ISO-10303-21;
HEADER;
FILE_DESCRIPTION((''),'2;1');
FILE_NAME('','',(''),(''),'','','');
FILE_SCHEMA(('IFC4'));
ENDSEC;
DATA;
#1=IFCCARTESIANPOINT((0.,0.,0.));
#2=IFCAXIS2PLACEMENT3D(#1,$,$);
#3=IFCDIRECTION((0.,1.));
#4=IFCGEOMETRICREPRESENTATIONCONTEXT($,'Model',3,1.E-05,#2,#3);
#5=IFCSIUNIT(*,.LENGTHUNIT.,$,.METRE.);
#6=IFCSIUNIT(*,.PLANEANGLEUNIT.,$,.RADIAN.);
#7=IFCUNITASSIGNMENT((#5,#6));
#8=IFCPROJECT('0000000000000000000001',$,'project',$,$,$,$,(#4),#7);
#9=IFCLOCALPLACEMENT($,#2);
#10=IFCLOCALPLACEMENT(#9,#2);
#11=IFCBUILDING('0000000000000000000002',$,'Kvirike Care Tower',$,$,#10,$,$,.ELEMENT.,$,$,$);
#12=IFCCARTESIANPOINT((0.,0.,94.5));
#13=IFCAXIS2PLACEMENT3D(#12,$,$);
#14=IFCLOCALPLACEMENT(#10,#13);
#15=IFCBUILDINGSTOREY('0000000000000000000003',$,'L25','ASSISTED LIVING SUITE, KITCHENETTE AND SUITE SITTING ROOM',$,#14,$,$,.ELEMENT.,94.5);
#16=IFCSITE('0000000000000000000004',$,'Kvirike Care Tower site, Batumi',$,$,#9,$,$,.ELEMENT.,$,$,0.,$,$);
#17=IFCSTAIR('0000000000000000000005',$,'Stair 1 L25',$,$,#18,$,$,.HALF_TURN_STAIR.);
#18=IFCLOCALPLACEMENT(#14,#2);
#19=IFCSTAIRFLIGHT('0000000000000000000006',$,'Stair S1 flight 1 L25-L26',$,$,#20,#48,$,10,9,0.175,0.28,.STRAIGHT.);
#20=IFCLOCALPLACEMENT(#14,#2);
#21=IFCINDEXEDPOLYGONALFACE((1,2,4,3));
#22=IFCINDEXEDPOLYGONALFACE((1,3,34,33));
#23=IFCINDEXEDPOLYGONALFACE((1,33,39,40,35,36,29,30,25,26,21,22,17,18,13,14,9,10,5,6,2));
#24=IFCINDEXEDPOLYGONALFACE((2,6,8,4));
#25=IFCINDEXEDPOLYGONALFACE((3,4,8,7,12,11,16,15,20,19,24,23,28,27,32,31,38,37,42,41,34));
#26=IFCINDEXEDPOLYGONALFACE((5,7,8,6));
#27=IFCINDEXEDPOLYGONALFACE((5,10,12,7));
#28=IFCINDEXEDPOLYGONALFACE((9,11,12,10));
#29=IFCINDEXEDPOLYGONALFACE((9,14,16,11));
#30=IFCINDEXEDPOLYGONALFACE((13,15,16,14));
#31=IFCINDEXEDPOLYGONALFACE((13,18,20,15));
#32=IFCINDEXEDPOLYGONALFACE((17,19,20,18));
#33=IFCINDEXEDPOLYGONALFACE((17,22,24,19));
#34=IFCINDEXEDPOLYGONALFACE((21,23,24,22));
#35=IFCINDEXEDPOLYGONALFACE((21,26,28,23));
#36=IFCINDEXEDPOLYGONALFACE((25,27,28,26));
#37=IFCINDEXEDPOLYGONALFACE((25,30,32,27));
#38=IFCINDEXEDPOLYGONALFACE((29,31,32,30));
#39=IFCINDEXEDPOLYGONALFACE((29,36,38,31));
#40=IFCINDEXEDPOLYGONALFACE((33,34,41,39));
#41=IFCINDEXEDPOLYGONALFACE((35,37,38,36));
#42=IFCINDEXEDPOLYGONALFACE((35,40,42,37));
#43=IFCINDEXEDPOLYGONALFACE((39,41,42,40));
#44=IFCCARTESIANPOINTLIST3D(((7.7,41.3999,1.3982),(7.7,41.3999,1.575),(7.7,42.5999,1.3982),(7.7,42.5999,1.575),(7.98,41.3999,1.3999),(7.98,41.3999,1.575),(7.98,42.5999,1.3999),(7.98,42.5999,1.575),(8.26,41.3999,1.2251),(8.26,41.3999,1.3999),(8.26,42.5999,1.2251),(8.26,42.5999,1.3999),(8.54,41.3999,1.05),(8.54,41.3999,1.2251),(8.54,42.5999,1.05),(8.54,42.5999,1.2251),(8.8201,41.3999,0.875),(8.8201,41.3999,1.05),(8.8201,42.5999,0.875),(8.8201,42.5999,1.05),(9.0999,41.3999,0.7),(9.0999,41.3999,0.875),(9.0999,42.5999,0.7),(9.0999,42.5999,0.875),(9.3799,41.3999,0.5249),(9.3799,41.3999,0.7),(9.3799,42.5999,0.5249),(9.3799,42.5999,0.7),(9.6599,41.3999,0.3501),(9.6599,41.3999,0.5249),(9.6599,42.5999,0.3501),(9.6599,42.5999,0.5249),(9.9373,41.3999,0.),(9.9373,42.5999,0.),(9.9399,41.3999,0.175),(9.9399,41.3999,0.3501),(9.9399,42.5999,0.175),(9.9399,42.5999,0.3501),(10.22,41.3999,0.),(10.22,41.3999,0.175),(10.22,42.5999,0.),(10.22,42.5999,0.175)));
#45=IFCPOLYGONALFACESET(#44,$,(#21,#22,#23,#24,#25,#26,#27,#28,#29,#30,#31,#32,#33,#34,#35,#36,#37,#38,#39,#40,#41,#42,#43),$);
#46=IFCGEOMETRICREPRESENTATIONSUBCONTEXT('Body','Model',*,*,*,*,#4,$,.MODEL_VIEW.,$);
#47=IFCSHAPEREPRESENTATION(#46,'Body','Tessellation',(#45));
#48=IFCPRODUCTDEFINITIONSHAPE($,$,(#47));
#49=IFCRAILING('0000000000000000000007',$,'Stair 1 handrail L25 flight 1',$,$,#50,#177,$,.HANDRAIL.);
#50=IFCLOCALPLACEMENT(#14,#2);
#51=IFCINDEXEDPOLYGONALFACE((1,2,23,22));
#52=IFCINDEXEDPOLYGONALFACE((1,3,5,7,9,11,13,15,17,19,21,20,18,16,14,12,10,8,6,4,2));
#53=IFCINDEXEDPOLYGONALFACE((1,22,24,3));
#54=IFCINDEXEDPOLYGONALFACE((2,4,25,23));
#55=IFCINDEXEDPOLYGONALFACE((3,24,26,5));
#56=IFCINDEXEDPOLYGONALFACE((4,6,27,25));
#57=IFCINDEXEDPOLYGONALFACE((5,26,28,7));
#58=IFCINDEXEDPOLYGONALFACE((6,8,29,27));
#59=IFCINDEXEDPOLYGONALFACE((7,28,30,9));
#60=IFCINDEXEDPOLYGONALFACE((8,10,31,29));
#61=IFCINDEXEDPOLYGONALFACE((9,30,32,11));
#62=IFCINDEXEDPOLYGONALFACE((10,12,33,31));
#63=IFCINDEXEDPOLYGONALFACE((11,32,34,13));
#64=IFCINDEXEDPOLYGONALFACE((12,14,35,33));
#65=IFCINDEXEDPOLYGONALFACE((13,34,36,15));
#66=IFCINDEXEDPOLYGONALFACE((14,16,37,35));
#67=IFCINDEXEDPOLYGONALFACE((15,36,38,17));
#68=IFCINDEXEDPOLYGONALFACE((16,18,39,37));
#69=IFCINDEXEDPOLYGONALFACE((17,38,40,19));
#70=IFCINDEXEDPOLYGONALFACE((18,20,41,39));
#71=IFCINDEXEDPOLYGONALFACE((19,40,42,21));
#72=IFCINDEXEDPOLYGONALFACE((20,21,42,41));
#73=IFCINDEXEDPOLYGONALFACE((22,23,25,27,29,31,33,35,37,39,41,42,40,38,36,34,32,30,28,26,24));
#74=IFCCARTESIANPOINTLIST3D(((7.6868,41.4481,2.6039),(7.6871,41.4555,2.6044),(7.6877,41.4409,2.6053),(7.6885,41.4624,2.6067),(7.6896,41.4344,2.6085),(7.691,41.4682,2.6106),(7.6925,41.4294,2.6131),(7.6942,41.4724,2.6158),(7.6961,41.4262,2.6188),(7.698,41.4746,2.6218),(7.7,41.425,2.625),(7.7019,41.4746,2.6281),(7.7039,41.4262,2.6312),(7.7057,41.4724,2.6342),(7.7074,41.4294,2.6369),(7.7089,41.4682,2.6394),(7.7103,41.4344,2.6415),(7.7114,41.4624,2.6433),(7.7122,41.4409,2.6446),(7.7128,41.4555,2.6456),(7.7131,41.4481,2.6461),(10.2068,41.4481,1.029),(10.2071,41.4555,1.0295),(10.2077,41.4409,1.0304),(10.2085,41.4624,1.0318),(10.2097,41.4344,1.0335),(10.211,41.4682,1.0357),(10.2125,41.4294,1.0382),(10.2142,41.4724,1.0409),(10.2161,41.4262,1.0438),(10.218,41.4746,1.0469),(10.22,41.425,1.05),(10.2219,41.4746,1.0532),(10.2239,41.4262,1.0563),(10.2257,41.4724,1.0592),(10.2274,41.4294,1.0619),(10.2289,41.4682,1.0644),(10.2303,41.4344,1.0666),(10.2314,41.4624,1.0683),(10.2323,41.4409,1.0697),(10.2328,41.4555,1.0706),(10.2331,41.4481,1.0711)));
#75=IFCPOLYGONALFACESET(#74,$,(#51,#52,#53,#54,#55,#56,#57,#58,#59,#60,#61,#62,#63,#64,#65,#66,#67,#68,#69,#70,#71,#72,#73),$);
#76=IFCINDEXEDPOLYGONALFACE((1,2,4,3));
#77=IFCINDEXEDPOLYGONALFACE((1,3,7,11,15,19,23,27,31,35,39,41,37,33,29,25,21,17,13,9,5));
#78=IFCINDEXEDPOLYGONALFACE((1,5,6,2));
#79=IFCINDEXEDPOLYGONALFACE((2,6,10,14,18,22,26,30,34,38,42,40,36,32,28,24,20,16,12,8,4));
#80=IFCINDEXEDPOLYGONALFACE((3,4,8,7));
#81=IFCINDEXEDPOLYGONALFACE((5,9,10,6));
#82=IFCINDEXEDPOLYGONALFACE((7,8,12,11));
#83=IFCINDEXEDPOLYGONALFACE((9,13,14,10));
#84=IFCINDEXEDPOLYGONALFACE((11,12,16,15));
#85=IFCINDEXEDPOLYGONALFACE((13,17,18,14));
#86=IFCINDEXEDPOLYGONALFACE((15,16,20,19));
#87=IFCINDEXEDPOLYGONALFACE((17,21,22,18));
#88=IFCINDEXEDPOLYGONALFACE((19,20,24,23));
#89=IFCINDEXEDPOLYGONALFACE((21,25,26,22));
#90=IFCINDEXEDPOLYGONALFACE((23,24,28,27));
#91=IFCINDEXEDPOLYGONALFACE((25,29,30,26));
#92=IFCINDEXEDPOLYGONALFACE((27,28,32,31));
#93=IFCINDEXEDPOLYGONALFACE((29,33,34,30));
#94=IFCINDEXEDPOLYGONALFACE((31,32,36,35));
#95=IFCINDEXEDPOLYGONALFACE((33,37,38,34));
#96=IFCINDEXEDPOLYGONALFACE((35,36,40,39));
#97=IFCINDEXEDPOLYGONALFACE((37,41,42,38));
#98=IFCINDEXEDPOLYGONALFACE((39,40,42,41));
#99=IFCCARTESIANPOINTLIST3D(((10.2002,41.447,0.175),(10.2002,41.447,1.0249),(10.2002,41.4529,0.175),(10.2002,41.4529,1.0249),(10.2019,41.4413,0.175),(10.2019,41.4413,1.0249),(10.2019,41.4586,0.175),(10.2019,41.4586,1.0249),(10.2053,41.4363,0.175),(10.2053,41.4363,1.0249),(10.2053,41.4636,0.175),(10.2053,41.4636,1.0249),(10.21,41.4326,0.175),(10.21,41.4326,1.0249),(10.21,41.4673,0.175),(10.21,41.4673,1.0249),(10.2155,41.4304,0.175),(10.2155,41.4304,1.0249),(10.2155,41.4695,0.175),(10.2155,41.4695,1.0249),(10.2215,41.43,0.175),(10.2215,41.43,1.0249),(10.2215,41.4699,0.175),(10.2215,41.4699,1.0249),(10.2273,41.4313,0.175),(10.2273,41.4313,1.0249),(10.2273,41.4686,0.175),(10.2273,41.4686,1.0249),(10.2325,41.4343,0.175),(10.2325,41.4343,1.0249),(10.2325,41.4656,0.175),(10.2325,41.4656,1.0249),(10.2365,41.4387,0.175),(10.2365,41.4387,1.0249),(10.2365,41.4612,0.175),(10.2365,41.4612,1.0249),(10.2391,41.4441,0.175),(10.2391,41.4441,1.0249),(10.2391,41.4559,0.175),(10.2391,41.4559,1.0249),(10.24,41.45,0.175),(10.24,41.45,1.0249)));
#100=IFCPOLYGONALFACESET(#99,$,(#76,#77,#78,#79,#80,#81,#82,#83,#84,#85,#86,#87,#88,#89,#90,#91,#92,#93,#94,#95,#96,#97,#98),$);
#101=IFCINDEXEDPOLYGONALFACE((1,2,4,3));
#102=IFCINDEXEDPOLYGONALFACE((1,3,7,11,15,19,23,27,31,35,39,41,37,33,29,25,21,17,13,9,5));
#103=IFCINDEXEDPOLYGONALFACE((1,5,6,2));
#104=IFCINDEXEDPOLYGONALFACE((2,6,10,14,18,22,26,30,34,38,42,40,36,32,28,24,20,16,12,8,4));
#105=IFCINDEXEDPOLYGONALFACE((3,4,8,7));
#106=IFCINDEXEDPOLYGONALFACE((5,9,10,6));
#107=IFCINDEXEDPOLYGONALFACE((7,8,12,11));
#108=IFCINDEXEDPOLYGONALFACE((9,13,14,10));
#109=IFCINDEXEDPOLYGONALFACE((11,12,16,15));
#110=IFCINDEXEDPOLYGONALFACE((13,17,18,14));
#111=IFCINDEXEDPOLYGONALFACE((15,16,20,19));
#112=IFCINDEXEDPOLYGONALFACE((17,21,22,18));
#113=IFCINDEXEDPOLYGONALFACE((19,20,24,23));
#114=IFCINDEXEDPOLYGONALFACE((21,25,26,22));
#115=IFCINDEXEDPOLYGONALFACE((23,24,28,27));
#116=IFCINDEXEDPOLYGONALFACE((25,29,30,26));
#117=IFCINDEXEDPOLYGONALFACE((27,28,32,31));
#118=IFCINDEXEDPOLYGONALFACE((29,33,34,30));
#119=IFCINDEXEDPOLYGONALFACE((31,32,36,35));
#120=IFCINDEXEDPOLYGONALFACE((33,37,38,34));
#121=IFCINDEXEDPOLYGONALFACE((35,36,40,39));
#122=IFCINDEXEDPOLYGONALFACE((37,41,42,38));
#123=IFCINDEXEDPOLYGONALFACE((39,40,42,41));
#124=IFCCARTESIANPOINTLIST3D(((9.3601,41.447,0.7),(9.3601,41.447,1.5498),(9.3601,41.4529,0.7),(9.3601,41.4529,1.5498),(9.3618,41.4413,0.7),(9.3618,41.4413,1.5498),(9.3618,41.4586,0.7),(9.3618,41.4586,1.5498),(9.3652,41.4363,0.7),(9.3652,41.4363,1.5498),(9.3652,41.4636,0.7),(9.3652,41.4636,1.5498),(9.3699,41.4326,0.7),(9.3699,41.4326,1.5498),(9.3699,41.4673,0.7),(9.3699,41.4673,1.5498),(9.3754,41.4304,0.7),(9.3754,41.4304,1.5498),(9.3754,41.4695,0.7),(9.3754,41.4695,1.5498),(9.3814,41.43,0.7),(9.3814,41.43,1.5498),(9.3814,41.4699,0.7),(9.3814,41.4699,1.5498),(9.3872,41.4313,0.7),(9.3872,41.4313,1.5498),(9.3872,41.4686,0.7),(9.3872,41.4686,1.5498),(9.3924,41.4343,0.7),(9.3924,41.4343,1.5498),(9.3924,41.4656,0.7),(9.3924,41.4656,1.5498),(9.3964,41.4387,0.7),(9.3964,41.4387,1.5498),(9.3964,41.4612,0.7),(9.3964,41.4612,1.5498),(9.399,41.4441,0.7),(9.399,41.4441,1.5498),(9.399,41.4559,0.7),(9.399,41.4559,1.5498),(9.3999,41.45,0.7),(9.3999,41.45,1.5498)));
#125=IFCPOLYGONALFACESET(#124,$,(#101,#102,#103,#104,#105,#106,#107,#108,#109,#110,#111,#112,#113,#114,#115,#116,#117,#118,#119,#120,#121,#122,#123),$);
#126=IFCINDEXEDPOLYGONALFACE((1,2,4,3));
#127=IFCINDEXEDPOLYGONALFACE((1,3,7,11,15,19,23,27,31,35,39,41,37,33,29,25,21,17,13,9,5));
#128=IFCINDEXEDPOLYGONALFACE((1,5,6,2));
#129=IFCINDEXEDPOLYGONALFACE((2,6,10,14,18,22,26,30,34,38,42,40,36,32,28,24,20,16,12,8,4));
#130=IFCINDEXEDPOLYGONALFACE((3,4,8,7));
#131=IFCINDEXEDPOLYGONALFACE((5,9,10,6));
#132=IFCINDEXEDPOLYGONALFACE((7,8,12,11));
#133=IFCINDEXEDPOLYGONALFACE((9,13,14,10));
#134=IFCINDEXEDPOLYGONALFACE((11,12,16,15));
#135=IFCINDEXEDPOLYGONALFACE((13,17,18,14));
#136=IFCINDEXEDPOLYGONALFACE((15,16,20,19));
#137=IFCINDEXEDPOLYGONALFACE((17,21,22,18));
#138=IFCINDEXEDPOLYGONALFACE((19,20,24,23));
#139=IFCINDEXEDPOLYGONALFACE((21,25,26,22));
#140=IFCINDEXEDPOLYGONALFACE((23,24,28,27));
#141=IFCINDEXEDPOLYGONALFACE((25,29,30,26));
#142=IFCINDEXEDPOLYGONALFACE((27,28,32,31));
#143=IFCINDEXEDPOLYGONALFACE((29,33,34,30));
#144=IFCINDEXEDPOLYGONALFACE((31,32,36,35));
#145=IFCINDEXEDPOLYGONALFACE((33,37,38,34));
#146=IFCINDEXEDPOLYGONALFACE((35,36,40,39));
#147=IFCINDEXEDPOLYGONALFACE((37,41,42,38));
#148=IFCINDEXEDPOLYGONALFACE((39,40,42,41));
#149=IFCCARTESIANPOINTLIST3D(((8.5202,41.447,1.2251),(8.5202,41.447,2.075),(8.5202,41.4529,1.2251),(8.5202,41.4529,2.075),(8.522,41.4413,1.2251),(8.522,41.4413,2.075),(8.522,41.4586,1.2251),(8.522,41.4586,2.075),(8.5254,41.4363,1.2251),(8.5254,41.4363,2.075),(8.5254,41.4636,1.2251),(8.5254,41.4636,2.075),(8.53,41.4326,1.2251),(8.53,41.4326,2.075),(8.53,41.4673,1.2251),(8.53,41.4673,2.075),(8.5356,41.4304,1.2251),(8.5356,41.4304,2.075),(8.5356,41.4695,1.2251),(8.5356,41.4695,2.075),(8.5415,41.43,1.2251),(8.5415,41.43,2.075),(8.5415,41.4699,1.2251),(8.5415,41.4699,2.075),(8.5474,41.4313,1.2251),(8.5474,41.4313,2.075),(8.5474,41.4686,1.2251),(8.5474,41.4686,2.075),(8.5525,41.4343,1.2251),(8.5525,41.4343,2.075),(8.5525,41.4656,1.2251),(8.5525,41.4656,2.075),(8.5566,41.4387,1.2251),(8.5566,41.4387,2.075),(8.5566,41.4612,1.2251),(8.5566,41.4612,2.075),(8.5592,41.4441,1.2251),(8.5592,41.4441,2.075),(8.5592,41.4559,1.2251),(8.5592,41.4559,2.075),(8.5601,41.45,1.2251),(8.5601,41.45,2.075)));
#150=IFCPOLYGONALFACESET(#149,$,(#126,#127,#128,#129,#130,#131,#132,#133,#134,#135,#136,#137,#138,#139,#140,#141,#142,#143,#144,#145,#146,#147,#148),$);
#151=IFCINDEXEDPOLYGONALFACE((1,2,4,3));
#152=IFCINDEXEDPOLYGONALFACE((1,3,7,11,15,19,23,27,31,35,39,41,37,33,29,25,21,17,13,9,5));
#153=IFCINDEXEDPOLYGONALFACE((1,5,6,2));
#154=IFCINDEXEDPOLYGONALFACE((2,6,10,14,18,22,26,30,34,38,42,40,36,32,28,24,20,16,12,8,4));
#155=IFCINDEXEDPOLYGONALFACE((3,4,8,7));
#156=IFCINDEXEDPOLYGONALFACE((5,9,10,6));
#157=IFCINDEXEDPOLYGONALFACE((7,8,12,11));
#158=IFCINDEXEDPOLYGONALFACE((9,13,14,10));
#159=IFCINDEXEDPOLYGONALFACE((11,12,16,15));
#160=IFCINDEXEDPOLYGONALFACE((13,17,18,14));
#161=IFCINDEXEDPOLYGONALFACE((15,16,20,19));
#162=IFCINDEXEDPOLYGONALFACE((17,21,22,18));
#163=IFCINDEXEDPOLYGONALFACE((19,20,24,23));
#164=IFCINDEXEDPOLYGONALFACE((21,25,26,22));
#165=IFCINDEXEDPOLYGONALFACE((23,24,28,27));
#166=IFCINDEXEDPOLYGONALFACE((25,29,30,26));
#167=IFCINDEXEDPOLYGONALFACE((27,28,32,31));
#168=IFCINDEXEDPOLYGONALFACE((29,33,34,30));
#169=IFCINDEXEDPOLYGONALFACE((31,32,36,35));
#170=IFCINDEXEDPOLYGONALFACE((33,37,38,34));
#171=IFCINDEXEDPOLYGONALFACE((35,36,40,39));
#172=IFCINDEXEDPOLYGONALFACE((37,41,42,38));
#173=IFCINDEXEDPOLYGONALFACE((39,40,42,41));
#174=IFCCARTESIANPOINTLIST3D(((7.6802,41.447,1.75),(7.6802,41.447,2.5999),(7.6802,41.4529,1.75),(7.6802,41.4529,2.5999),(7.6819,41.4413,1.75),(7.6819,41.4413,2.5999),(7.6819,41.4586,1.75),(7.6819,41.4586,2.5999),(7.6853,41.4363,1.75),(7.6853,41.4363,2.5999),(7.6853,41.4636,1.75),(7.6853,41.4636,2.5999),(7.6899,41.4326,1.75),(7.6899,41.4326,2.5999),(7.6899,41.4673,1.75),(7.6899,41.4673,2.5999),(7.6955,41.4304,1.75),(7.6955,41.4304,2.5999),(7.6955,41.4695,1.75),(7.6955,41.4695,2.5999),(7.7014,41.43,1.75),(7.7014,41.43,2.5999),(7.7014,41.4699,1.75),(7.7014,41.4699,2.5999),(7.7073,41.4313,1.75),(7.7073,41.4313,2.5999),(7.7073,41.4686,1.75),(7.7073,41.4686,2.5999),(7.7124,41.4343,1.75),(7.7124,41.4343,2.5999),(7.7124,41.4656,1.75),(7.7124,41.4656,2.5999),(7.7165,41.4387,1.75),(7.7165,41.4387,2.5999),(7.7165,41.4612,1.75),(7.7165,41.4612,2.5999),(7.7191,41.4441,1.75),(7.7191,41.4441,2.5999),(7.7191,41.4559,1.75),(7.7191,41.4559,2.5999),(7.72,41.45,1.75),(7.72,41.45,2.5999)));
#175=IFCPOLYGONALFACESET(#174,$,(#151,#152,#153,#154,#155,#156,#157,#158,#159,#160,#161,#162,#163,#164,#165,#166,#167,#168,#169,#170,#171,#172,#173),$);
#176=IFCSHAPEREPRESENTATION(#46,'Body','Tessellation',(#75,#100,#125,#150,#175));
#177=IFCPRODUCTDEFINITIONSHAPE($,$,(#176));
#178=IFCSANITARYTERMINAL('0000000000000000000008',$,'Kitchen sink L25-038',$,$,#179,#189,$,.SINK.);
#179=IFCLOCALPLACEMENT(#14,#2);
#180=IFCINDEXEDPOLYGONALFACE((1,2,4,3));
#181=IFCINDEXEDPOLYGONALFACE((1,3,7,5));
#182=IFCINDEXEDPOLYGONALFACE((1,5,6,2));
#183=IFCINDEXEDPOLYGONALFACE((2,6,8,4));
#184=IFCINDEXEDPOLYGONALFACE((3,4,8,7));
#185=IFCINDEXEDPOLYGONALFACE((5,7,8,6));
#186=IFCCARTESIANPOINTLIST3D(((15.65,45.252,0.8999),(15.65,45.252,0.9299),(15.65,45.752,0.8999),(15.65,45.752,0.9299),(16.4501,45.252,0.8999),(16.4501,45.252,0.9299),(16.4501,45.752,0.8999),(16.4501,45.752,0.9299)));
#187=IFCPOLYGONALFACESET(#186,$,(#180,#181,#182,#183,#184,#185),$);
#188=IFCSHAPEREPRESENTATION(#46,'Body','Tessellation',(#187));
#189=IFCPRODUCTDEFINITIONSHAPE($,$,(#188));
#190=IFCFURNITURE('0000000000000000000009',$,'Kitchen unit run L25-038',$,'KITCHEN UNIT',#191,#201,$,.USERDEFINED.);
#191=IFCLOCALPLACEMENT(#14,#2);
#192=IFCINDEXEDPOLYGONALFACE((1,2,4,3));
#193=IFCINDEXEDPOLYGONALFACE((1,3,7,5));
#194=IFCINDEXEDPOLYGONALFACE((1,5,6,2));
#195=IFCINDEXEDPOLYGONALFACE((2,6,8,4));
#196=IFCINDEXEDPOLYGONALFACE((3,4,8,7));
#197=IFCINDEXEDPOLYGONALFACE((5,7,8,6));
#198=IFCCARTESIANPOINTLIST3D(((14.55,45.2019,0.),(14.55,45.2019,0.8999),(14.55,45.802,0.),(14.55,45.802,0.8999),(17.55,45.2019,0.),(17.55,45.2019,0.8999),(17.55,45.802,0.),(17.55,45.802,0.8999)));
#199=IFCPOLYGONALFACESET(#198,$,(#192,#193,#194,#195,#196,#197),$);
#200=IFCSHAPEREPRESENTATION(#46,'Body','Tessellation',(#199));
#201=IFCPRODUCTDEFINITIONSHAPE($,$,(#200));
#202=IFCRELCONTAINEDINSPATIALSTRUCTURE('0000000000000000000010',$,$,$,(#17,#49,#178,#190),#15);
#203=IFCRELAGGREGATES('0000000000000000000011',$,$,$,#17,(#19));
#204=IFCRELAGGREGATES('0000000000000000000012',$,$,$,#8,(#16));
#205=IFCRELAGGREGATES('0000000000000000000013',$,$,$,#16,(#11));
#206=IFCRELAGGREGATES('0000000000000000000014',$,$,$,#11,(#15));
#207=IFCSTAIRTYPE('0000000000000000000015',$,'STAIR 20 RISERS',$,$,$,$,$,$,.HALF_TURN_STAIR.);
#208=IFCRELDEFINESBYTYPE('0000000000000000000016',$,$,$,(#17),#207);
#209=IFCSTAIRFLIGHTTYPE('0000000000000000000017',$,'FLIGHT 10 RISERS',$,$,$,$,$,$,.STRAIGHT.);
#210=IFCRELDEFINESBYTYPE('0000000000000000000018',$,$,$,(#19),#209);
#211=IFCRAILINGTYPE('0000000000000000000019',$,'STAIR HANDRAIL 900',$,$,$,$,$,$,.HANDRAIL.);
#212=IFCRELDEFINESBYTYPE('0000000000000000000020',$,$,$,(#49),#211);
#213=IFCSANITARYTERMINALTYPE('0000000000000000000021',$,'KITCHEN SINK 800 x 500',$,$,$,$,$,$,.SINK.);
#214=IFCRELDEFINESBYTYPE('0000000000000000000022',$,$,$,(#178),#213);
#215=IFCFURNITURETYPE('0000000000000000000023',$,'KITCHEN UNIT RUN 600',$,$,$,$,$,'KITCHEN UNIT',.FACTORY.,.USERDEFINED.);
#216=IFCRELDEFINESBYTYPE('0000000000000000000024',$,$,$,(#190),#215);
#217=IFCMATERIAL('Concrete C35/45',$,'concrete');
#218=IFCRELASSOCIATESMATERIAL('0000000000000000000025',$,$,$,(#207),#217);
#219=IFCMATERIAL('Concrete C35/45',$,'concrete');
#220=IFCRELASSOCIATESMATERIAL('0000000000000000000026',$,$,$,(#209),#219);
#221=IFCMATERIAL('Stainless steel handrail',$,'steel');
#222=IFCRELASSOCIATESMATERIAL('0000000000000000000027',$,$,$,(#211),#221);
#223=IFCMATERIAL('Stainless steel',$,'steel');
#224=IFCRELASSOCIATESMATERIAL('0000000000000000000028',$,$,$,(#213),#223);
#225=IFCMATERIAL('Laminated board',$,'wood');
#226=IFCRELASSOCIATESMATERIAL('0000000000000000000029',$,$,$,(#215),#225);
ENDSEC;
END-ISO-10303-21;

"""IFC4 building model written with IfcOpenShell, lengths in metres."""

from ifc_helpers import new_model, si_unit, direction, frame, origin, origin_2d, place, context, subcontext, project, spatial, polyline, rectangle, circle, outline, extrude, material, type_object, element, aggregate, save


model = new_model("IFC4")

# Units and contexts
model_context = context("Model", 3, precision=1e-05, world=origin(), true_north=direction((0.0, 1.0)))
body_context = subcontext(model_context, "Body", "Model", "MODEL_VIEW")
ifc_project = project(units=[si_unit("LENGTHUNIT", "METRE"), si_unit("PLANEANGLEUNIT", "RADIAN")], contexts=[model_context])

# Site, building, storey
site_placement = place(None, origin())
site = spatial("IfcSite", under=ifc_project, at=site_placement, Name="Kvirike Care Tower site, Batumi", CompositionType="ELEMENT", RefElevation=0.0)
building_placement = place(site_placement, origin())
building = spatial("IfcBuilding", under=site, at=building_placement, Name="Kvirike Care Tower", CompositionType="ELEMENT")
storey_placement = place(building_placement, frame((0.0, 0.0, 94.5)))
storey = spatial("IfcBuildingStorey", under=building, at=storey_placement, Name="L25", Description="ASSISTED LIVING SUITE, KITCHENETTE AND SUITE SITTING ROOM", CompositionType="ELEMENT", Elevation=94.5)

# Stair, stair flight
ifc_material_1 = material(Name="Concrete C35/45", Category="concrete")
stair_type = type_object("IfcStairType", Name="STAIR 20 RISERS", PredefinedType="HALF_TURN_STAIR", material=ifc_material_1)
stair_placement = place(storey_placement, origin())
stair = element("IfcStair", 1, at=stair_placement, inside=storey, type_object=stair_type, Name="Stair 1 L25", PredefinedType="HALF_TURN_STAIR")
ifc_material_2 = material(Name="Concrete C35/45", Category="concrete")
stair_flight_type = type_object("IfcStairFlightType", Name="FLIGHT 10 RISERS", PredefinedType="STRAIGHT", material=ifc_material_2)
stair_flight_placement = place(storey_placement, frame((10.22, 42.0, 0.0), z_axis=(0.0, 0.0, 1.0), x_axis=(-1.0, 0.0, 0.0)))
stair_flight = element("IfcStairFlight", 2, at=stair_flight_placement, type_object=stair_flight_type, Name="Stair S1 flight 1 L25-L26", NumberOfRisers=10, NumberOfTreads=9, PredefinedType="STRAIGHT", RiserHeight=0.175, TreadLength=0.28, context=body_context, shape_type="SweptSolid", body=[
    extrude(outline(polyline([(0.0, 0.0), (0.0, 0.175), (0.28, 0.175), (0.28, 0.3501), (0.5601, 0.3501), (0.5601, 0.5249), (0.8401, 0.5249), (0.8401, 0.7), (1.1201, 0.7), (1.1201, 0.875), (1.3999, 0.875), (1.3999, 1.05), (1.6799, 1.05), (1.6799, 1.2251), (1.96, 1.2251), (1.96, 1.3999), (2.24, 1.3999), (2.24, 1.575), (2.52, 1.575), (2.52, 1.75), (2.52, 1.3982), (0.2827, 0.0), (0.0, 0.0)])), frame((0.0, 0.6001, 0.0), z_axis=(0.0, -1.0, 0.0), x_axis=(1.0, 0.0, 0.0)), (0.0, 0.0, 1.0), 1.2),
])
aggregate(stair, [stair_flight])

# Railing
ifc_material_3 = material(Name="Stainless steel handrail", Category="steel")
railing_type = type_object("IfcRailingType", Name="STAIR HANDRAIL 900", PredefinedType="HANDRAIL", material=ifc_material_3)
railing_placement = place(storey_placement, frame((10.22, 41.45, 0.175)))
element("IfcRailing", 3, at=railing_placement, inside=storey, type_object=railing_type, Name="Stair 1 handrail L25 flight 1", PredefinedType="HANDRAIL", context=body_context, shape_type="SweptSolid", body=[
    extrude(circle(Radius=0.0249, at=origin_2d()), frame((0.0, 0.0, 0.875), z_axis=(-0.848008, 0.0, 0.529984), x_axis=(0.0, -1.0, 0.0)), (0.0, 0.0, 1.0), 2.9717),
    extrude(circle(Radius=0.02, at=origin_2d()), origin(), (0.0, 0.0, 1.0), 0.8499),
    extrude(circle(Radius=0.02, at=origin_2d()), frame((-0.8401, 0.0, 0.5249)), (0.0, 0.0, 1.0), 0.8499),
    extrude(circle(Radius=0.02, at=origin_2d()), frame((-1.6799, 0.0, 1.05)), (0.0, 0.0, 1.0), 0.8499),
    extrude(circle(Radius=0.02, at=origin_2d()), frame((-2.52, 0.0, 1.575)), (0.0, 0.0, 1.0), 0.8499),
])

# Sanitary terminal
ifc_material_4 = material(Name="Stainless steel", Category="steel")
sanitary_terminal_type = type_object("IfcSanitaryTerminalType", Name="KITCHEN SINK 800 x 500", PredefinedType="SINK", material=ifc_material_4)
sanitary_terminal_placement = place(storey_placement, frame((16.05, 45.502, 0.8999), z_axis=(0.0, 0.0, 1.0), x_axis=(-1.0, 0.0, 0.0)))
element("IfcSanitaryTerminal", 4, at=sanitary_terminal_placement, inside=storey, type_object=sanitary_terminal_type, Name="Kitchen sink L25-038", PredefinedType="SINK", context=body_context, shape_type="SweptSolid", body=[
    extrude(rectangle(XDim=0.8, YDim=0.5, at=origin_2d()), origin(), (0.0, 0.0, 1.0), 0.03),
])

# Furniture
ifc_material_5 = material(Name="Laminated board", Category="wood")
furniture_type = type_object("IfcFurnitureType", Name="KITCHEN UNIT RUN 600", ElementType="KITCHEN UNIT", AssemblyPlace="FACTORY", PredefinedType="USERDEFINED", material=ifc_material_5)
furniture_placement = place(storey_placement, frame((16.05, 45.502, 0.0), z_axis=(0.0, 0.0, 1.0), x_axis=(-1.0, 0.0, 0.0)))
element("IfcFurniture", 5, at=furniture_placement, inside=storey, type_object=furniture_type, Name="Kitchen unit run L25-038", ObjectType="KITCHEN UNIT", PredefinedType="USERDEFINED", context=body_context, shape_type="SweptSolid", body=[
    extrude(rectangle(XDim=3.0, YDim=0.6001, at=origin_2d()), origin(), (0.0, 0.0, 1.0), 0.8999),
])

save(model, "model.ifc")
